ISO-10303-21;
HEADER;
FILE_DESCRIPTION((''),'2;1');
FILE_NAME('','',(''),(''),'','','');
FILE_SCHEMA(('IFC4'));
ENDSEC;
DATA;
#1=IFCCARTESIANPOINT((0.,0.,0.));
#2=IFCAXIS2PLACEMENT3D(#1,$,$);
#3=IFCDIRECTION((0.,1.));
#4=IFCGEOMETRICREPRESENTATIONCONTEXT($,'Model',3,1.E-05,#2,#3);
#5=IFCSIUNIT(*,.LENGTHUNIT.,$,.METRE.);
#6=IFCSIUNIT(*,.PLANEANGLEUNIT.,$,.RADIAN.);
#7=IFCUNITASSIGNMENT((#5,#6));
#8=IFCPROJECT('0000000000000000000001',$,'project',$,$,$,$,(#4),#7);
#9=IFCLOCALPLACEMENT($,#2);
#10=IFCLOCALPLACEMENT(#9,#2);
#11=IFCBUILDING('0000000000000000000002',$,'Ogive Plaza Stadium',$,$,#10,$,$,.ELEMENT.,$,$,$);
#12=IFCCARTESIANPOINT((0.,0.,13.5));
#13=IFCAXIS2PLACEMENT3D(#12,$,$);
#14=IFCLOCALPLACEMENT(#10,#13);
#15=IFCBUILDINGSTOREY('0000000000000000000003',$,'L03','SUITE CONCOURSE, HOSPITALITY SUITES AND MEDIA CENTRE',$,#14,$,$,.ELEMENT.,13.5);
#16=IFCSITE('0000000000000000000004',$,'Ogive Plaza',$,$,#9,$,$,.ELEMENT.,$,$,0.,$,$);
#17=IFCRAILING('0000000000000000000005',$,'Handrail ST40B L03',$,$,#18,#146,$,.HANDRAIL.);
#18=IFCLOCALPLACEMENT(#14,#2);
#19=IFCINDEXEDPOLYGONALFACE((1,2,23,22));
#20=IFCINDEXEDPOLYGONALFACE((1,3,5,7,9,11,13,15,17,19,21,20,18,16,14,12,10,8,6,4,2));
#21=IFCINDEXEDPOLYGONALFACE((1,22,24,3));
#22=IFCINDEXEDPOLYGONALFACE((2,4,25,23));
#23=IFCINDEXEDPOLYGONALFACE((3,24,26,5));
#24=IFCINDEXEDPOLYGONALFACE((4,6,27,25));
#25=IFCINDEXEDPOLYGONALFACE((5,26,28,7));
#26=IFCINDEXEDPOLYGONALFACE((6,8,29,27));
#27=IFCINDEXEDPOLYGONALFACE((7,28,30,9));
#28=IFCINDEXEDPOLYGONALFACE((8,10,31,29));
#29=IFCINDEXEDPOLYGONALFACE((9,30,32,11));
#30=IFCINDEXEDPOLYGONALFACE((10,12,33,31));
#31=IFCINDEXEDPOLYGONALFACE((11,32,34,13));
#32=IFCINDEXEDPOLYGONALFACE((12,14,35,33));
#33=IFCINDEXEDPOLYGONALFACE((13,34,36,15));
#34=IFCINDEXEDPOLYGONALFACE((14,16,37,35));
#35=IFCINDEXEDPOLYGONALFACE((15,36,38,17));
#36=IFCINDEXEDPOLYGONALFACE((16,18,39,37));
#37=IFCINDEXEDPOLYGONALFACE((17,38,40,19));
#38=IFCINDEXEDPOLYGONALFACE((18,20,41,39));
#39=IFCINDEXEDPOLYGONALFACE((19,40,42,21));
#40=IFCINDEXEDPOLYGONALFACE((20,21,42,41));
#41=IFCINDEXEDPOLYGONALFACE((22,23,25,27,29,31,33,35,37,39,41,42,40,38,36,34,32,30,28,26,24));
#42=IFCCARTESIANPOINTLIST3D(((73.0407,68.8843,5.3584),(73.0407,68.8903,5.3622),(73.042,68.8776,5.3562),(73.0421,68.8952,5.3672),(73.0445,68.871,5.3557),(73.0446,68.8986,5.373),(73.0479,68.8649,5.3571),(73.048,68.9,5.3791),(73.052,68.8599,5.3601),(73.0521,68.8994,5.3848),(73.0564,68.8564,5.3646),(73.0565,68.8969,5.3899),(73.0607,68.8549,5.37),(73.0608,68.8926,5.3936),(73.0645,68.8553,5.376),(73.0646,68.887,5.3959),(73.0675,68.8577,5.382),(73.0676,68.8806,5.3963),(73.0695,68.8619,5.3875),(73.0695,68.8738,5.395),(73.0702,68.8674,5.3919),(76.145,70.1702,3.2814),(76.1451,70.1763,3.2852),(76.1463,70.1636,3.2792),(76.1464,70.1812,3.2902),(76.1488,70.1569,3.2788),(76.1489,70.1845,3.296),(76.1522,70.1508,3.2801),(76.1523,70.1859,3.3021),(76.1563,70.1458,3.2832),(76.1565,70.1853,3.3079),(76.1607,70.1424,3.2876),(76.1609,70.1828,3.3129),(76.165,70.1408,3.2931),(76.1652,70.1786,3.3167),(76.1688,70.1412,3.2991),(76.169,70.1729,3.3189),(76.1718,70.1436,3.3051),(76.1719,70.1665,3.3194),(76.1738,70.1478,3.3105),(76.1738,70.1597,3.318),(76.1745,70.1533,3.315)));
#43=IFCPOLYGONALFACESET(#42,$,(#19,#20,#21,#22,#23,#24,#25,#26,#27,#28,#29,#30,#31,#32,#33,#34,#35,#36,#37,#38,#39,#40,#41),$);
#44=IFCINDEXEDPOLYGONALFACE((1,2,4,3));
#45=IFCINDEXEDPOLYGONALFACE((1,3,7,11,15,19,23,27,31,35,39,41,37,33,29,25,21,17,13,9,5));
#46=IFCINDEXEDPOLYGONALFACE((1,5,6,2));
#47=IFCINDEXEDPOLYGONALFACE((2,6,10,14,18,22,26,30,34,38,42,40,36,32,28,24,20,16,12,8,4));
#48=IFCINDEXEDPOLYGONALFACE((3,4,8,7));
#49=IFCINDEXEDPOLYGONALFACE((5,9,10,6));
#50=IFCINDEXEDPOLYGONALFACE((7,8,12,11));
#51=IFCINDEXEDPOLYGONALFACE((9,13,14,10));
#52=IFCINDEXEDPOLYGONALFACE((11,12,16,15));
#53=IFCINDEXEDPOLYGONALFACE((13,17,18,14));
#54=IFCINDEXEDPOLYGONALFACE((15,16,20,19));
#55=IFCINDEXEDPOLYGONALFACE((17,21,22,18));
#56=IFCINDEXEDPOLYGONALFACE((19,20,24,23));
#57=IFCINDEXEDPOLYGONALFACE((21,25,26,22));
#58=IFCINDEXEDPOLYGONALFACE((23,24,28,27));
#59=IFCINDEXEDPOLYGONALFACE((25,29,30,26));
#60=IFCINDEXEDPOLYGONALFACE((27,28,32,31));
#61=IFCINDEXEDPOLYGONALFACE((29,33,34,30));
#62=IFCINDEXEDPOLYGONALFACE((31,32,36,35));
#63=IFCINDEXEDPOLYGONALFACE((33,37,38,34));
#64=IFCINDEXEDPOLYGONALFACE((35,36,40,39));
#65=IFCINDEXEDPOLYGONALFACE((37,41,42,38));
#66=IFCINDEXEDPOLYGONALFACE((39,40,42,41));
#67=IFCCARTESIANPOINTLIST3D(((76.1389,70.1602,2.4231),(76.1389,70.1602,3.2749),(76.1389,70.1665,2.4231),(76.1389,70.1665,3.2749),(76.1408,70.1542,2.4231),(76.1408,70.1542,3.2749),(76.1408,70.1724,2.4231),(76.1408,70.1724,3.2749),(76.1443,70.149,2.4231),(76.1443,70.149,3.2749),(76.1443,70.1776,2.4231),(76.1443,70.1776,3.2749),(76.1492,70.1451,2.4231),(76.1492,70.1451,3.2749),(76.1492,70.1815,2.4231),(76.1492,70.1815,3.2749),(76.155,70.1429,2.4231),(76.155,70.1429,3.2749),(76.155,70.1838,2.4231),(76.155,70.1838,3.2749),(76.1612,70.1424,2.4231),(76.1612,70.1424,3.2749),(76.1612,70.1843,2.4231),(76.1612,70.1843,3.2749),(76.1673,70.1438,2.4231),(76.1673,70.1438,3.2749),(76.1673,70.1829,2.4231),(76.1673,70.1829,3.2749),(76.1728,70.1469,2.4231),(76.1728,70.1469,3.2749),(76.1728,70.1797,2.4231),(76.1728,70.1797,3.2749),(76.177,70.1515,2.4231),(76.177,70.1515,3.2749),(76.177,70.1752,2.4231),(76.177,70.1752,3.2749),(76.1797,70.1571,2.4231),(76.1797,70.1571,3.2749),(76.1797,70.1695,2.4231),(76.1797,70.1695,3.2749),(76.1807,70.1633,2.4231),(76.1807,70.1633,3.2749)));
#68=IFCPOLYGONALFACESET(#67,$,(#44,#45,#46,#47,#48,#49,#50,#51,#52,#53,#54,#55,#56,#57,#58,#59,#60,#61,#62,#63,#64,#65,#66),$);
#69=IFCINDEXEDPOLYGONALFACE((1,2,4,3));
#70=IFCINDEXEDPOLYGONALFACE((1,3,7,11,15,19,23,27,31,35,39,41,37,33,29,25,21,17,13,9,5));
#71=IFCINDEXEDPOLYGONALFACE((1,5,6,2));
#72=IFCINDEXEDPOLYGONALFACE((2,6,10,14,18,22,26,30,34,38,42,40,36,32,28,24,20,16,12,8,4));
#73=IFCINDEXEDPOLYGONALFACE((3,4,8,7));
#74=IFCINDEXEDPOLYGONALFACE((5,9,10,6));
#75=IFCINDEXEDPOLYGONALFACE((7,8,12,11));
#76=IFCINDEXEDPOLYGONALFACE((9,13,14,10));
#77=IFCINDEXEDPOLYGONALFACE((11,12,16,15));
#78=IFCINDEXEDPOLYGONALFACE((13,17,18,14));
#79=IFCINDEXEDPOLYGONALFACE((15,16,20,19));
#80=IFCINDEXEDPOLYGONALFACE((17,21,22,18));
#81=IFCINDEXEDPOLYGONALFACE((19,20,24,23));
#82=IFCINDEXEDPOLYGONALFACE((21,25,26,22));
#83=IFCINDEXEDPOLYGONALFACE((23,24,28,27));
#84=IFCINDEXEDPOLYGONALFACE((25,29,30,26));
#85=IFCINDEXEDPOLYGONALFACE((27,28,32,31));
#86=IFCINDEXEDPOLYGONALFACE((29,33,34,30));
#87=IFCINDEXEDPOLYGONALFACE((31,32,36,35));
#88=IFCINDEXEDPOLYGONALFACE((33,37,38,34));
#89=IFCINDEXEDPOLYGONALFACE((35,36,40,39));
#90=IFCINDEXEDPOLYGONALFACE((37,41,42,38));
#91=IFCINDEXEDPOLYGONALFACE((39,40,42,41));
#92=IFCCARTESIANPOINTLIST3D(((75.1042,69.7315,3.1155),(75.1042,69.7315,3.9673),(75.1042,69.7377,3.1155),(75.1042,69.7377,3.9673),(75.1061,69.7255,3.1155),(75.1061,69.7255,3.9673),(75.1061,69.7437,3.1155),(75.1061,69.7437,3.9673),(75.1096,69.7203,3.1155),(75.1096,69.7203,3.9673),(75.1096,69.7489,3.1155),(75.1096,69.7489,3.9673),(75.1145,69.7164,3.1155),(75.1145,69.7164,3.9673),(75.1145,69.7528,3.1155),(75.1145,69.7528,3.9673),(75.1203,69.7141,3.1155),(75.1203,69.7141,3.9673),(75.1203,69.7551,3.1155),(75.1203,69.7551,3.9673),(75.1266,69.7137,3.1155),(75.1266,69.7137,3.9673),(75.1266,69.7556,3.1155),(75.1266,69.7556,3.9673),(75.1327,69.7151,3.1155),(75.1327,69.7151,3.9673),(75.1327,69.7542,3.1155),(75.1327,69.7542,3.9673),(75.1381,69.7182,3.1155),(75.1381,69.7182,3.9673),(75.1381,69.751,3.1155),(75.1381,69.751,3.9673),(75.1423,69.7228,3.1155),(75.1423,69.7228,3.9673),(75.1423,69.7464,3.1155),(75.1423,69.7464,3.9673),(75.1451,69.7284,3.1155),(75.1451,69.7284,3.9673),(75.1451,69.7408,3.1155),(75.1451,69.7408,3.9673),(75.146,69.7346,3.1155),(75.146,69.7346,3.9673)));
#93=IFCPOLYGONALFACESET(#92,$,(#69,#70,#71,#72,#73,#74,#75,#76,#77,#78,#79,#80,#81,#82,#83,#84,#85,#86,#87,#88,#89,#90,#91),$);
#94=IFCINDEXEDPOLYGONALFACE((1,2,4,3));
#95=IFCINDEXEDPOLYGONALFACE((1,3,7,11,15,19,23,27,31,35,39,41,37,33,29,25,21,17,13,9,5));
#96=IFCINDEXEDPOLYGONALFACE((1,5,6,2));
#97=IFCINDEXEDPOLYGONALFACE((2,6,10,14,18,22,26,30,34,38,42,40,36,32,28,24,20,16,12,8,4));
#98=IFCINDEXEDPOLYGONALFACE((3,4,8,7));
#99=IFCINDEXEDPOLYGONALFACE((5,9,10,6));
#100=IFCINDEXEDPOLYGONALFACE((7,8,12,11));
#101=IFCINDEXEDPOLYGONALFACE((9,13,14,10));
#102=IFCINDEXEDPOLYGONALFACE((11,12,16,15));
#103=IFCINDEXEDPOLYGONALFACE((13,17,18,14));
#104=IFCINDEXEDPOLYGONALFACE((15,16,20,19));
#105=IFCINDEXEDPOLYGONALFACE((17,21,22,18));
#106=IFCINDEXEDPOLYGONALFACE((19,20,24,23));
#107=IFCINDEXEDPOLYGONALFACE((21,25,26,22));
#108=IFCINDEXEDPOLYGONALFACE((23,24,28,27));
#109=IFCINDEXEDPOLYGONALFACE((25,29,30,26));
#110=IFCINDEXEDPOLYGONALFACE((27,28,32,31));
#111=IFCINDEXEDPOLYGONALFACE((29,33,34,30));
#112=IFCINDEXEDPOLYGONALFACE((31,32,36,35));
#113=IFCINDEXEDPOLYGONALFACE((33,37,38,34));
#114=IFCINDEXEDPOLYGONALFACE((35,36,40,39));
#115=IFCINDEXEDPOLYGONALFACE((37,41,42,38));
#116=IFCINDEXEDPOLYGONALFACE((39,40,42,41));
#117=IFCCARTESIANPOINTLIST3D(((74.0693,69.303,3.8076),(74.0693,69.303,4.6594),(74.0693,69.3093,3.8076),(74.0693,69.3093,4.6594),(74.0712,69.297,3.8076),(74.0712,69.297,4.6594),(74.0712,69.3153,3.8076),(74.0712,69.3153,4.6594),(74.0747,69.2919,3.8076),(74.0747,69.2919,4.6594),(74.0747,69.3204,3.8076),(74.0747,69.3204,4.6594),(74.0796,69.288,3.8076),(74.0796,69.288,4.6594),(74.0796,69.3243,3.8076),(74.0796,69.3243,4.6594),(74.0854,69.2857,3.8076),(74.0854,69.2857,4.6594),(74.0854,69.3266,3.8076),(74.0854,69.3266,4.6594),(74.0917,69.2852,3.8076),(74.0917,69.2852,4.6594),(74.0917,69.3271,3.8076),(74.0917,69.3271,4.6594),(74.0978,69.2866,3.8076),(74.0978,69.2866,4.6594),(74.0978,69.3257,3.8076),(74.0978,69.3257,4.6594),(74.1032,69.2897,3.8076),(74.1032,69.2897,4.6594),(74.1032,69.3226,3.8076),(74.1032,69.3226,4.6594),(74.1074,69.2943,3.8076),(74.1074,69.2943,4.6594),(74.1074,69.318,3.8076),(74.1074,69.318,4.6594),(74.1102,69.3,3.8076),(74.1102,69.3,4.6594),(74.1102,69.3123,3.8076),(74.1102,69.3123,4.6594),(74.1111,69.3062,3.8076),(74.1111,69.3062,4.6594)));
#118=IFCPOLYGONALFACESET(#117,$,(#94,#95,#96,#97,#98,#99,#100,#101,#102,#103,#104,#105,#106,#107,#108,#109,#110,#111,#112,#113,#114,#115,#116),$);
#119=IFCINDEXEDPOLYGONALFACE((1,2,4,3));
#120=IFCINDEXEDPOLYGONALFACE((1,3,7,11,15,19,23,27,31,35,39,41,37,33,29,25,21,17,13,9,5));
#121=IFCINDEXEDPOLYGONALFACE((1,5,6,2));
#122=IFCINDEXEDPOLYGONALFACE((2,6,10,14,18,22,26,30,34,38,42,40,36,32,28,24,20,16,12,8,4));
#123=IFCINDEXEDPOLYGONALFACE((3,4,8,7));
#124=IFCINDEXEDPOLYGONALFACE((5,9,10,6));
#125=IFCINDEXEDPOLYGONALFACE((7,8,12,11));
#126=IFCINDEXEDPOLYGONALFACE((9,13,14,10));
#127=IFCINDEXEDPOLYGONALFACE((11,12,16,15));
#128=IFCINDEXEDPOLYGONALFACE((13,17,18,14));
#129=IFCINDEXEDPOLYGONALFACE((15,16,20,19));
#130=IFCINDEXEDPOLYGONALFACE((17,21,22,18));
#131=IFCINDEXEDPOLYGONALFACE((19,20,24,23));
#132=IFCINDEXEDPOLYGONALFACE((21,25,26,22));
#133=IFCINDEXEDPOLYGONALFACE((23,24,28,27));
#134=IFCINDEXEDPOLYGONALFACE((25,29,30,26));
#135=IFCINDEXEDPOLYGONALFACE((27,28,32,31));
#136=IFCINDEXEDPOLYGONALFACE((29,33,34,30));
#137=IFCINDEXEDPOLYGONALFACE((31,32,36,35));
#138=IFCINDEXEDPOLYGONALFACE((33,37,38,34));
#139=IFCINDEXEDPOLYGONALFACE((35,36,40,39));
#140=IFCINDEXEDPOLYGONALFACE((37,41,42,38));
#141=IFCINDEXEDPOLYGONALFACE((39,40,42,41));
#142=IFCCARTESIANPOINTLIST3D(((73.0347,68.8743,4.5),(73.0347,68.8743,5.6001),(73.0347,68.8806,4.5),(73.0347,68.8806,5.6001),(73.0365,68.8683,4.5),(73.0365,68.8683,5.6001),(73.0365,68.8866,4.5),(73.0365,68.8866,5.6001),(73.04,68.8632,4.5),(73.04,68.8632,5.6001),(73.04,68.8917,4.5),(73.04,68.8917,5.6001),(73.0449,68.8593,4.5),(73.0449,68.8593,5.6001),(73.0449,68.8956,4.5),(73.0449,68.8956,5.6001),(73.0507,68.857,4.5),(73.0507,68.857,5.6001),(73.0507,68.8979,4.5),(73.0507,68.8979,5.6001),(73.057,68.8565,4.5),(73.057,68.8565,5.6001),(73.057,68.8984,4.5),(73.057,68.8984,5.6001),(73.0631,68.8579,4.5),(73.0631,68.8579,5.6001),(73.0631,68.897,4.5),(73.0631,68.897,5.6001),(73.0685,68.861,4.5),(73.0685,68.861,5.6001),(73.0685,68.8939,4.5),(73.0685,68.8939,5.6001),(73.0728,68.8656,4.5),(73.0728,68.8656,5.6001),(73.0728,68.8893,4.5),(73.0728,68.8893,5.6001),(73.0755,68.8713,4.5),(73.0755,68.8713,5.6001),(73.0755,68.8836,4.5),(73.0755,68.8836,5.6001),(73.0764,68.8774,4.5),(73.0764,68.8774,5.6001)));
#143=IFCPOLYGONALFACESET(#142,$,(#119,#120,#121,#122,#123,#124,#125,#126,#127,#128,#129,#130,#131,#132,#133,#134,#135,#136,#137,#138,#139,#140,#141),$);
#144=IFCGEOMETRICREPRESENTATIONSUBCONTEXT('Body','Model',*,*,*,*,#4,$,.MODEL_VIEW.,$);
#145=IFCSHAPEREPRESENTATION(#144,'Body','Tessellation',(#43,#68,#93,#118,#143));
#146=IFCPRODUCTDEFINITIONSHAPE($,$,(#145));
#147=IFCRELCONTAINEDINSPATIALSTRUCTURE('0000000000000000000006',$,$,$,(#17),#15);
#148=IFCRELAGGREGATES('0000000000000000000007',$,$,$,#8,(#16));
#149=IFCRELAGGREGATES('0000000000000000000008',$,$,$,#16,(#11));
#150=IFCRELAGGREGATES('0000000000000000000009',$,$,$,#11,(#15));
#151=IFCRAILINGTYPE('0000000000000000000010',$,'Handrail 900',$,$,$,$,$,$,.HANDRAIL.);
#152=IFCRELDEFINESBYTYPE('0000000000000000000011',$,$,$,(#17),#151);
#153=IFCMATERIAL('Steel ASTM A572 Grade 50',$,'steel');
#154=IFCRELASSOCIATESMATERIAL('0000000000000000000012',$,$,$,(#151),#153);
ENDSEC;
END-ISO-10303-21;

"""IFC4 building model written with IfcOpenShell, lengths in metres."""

from ifc_helpers import new_model, si_unit, direction, frame, origin, origin_2d, place, context, subcontext, project, spatial, circle, extrude, material, type_object, element, save


model = new_model("IFC4")

# Units and contexts
model_context = context("Model", 3, precision=1e-05, world=origin(), true_north=direction((0.0, 1.0)))
body_context = subcontext(model_context, "Body", "Model", "MODEL_VIEW")
ifc_project = project(units=[si_unit("LENGTHUNIT", "METRE"), si_unit("PLANEANGLEUNIT", "RADIAN")], contexts=[model_context])

# Site, building, storey
site_placement = place(None, origin())
site = spatial("IfcSite", under=ifc_project, at=site_placement, Name="Ogive Plaza", CompositionType="ELEMENT", RefElevation=0.0)
building_placement = place(site_placement, origin())
building = spatial("IfcBuilding", under=site, at=building_placement, Name="Ogive Plaza Stadium", CompositionType="ELEMENT")
storey_placement = place(building_placement, frame((0.0, 0.0, 13.5)))
storey = spatial("IfcBuildingStorey", under=building, at=storey_placement, Name="L03", Description="SUITE CONCOURSE, HOSPITALITY SUITES AND MEDIA CENTRE", CompositionType="ELEMENT", Elevation=13.5)

# Railing
ifc_material_1 = material(Name="Steel ASTM A572 Grade 50", Category="steel")
railing_type_1 = type_object("IfcRailingType", Name="Handrail 900", PredefinedType="HANDRAIL", material=ifc_material_1)
for number, where, name in (
    (1, (76.1597, 70.1633, 2.4231), "Handrail ST40B L03"),
):
    element("IfcRailing", number, at=place(storey_placement, frame(where)), inside=storey, type_object=railing_type_1, Name=name, PredefinedType="HANDRAIL", context=body_context, shape_type="SweptSolid", body=[
        extrude(circle(Radius=0.0239, at=origin_2d()), frame((0.0, 0.0, 0.876), z_axis=(-0.785863, -0.325532, 0.525783), x_axis=(0.3827, -0.923872, 0.0)), (0.0, 0.0, 1.0), 3.9502),
        extrude(circle(Radius=0.021, at=origin_2d()), origin(), (0.0, 0.0, 1.0), 0.8518),
        extrude(circle(Radius=0.021, at=origin_2d()), frame((-1.0347, -0.4287, 0.6924)), (0.0, 0.0, 1.0), 0.8518),
        extrude(circle(Radius=0.021, at=origin_2d()), frame((-2.0696, -0.8572, 1.3845)), (0.0, 0.0, 1.0), 0.8518),
        extrude(circle(Radius=0.021, at=origin_2d()), frame((-3.1042, -1.2859, 2.0769)), (0.0, 0.0, 1.0), 1.1001),
    ])

save(model, "model.ifc")
